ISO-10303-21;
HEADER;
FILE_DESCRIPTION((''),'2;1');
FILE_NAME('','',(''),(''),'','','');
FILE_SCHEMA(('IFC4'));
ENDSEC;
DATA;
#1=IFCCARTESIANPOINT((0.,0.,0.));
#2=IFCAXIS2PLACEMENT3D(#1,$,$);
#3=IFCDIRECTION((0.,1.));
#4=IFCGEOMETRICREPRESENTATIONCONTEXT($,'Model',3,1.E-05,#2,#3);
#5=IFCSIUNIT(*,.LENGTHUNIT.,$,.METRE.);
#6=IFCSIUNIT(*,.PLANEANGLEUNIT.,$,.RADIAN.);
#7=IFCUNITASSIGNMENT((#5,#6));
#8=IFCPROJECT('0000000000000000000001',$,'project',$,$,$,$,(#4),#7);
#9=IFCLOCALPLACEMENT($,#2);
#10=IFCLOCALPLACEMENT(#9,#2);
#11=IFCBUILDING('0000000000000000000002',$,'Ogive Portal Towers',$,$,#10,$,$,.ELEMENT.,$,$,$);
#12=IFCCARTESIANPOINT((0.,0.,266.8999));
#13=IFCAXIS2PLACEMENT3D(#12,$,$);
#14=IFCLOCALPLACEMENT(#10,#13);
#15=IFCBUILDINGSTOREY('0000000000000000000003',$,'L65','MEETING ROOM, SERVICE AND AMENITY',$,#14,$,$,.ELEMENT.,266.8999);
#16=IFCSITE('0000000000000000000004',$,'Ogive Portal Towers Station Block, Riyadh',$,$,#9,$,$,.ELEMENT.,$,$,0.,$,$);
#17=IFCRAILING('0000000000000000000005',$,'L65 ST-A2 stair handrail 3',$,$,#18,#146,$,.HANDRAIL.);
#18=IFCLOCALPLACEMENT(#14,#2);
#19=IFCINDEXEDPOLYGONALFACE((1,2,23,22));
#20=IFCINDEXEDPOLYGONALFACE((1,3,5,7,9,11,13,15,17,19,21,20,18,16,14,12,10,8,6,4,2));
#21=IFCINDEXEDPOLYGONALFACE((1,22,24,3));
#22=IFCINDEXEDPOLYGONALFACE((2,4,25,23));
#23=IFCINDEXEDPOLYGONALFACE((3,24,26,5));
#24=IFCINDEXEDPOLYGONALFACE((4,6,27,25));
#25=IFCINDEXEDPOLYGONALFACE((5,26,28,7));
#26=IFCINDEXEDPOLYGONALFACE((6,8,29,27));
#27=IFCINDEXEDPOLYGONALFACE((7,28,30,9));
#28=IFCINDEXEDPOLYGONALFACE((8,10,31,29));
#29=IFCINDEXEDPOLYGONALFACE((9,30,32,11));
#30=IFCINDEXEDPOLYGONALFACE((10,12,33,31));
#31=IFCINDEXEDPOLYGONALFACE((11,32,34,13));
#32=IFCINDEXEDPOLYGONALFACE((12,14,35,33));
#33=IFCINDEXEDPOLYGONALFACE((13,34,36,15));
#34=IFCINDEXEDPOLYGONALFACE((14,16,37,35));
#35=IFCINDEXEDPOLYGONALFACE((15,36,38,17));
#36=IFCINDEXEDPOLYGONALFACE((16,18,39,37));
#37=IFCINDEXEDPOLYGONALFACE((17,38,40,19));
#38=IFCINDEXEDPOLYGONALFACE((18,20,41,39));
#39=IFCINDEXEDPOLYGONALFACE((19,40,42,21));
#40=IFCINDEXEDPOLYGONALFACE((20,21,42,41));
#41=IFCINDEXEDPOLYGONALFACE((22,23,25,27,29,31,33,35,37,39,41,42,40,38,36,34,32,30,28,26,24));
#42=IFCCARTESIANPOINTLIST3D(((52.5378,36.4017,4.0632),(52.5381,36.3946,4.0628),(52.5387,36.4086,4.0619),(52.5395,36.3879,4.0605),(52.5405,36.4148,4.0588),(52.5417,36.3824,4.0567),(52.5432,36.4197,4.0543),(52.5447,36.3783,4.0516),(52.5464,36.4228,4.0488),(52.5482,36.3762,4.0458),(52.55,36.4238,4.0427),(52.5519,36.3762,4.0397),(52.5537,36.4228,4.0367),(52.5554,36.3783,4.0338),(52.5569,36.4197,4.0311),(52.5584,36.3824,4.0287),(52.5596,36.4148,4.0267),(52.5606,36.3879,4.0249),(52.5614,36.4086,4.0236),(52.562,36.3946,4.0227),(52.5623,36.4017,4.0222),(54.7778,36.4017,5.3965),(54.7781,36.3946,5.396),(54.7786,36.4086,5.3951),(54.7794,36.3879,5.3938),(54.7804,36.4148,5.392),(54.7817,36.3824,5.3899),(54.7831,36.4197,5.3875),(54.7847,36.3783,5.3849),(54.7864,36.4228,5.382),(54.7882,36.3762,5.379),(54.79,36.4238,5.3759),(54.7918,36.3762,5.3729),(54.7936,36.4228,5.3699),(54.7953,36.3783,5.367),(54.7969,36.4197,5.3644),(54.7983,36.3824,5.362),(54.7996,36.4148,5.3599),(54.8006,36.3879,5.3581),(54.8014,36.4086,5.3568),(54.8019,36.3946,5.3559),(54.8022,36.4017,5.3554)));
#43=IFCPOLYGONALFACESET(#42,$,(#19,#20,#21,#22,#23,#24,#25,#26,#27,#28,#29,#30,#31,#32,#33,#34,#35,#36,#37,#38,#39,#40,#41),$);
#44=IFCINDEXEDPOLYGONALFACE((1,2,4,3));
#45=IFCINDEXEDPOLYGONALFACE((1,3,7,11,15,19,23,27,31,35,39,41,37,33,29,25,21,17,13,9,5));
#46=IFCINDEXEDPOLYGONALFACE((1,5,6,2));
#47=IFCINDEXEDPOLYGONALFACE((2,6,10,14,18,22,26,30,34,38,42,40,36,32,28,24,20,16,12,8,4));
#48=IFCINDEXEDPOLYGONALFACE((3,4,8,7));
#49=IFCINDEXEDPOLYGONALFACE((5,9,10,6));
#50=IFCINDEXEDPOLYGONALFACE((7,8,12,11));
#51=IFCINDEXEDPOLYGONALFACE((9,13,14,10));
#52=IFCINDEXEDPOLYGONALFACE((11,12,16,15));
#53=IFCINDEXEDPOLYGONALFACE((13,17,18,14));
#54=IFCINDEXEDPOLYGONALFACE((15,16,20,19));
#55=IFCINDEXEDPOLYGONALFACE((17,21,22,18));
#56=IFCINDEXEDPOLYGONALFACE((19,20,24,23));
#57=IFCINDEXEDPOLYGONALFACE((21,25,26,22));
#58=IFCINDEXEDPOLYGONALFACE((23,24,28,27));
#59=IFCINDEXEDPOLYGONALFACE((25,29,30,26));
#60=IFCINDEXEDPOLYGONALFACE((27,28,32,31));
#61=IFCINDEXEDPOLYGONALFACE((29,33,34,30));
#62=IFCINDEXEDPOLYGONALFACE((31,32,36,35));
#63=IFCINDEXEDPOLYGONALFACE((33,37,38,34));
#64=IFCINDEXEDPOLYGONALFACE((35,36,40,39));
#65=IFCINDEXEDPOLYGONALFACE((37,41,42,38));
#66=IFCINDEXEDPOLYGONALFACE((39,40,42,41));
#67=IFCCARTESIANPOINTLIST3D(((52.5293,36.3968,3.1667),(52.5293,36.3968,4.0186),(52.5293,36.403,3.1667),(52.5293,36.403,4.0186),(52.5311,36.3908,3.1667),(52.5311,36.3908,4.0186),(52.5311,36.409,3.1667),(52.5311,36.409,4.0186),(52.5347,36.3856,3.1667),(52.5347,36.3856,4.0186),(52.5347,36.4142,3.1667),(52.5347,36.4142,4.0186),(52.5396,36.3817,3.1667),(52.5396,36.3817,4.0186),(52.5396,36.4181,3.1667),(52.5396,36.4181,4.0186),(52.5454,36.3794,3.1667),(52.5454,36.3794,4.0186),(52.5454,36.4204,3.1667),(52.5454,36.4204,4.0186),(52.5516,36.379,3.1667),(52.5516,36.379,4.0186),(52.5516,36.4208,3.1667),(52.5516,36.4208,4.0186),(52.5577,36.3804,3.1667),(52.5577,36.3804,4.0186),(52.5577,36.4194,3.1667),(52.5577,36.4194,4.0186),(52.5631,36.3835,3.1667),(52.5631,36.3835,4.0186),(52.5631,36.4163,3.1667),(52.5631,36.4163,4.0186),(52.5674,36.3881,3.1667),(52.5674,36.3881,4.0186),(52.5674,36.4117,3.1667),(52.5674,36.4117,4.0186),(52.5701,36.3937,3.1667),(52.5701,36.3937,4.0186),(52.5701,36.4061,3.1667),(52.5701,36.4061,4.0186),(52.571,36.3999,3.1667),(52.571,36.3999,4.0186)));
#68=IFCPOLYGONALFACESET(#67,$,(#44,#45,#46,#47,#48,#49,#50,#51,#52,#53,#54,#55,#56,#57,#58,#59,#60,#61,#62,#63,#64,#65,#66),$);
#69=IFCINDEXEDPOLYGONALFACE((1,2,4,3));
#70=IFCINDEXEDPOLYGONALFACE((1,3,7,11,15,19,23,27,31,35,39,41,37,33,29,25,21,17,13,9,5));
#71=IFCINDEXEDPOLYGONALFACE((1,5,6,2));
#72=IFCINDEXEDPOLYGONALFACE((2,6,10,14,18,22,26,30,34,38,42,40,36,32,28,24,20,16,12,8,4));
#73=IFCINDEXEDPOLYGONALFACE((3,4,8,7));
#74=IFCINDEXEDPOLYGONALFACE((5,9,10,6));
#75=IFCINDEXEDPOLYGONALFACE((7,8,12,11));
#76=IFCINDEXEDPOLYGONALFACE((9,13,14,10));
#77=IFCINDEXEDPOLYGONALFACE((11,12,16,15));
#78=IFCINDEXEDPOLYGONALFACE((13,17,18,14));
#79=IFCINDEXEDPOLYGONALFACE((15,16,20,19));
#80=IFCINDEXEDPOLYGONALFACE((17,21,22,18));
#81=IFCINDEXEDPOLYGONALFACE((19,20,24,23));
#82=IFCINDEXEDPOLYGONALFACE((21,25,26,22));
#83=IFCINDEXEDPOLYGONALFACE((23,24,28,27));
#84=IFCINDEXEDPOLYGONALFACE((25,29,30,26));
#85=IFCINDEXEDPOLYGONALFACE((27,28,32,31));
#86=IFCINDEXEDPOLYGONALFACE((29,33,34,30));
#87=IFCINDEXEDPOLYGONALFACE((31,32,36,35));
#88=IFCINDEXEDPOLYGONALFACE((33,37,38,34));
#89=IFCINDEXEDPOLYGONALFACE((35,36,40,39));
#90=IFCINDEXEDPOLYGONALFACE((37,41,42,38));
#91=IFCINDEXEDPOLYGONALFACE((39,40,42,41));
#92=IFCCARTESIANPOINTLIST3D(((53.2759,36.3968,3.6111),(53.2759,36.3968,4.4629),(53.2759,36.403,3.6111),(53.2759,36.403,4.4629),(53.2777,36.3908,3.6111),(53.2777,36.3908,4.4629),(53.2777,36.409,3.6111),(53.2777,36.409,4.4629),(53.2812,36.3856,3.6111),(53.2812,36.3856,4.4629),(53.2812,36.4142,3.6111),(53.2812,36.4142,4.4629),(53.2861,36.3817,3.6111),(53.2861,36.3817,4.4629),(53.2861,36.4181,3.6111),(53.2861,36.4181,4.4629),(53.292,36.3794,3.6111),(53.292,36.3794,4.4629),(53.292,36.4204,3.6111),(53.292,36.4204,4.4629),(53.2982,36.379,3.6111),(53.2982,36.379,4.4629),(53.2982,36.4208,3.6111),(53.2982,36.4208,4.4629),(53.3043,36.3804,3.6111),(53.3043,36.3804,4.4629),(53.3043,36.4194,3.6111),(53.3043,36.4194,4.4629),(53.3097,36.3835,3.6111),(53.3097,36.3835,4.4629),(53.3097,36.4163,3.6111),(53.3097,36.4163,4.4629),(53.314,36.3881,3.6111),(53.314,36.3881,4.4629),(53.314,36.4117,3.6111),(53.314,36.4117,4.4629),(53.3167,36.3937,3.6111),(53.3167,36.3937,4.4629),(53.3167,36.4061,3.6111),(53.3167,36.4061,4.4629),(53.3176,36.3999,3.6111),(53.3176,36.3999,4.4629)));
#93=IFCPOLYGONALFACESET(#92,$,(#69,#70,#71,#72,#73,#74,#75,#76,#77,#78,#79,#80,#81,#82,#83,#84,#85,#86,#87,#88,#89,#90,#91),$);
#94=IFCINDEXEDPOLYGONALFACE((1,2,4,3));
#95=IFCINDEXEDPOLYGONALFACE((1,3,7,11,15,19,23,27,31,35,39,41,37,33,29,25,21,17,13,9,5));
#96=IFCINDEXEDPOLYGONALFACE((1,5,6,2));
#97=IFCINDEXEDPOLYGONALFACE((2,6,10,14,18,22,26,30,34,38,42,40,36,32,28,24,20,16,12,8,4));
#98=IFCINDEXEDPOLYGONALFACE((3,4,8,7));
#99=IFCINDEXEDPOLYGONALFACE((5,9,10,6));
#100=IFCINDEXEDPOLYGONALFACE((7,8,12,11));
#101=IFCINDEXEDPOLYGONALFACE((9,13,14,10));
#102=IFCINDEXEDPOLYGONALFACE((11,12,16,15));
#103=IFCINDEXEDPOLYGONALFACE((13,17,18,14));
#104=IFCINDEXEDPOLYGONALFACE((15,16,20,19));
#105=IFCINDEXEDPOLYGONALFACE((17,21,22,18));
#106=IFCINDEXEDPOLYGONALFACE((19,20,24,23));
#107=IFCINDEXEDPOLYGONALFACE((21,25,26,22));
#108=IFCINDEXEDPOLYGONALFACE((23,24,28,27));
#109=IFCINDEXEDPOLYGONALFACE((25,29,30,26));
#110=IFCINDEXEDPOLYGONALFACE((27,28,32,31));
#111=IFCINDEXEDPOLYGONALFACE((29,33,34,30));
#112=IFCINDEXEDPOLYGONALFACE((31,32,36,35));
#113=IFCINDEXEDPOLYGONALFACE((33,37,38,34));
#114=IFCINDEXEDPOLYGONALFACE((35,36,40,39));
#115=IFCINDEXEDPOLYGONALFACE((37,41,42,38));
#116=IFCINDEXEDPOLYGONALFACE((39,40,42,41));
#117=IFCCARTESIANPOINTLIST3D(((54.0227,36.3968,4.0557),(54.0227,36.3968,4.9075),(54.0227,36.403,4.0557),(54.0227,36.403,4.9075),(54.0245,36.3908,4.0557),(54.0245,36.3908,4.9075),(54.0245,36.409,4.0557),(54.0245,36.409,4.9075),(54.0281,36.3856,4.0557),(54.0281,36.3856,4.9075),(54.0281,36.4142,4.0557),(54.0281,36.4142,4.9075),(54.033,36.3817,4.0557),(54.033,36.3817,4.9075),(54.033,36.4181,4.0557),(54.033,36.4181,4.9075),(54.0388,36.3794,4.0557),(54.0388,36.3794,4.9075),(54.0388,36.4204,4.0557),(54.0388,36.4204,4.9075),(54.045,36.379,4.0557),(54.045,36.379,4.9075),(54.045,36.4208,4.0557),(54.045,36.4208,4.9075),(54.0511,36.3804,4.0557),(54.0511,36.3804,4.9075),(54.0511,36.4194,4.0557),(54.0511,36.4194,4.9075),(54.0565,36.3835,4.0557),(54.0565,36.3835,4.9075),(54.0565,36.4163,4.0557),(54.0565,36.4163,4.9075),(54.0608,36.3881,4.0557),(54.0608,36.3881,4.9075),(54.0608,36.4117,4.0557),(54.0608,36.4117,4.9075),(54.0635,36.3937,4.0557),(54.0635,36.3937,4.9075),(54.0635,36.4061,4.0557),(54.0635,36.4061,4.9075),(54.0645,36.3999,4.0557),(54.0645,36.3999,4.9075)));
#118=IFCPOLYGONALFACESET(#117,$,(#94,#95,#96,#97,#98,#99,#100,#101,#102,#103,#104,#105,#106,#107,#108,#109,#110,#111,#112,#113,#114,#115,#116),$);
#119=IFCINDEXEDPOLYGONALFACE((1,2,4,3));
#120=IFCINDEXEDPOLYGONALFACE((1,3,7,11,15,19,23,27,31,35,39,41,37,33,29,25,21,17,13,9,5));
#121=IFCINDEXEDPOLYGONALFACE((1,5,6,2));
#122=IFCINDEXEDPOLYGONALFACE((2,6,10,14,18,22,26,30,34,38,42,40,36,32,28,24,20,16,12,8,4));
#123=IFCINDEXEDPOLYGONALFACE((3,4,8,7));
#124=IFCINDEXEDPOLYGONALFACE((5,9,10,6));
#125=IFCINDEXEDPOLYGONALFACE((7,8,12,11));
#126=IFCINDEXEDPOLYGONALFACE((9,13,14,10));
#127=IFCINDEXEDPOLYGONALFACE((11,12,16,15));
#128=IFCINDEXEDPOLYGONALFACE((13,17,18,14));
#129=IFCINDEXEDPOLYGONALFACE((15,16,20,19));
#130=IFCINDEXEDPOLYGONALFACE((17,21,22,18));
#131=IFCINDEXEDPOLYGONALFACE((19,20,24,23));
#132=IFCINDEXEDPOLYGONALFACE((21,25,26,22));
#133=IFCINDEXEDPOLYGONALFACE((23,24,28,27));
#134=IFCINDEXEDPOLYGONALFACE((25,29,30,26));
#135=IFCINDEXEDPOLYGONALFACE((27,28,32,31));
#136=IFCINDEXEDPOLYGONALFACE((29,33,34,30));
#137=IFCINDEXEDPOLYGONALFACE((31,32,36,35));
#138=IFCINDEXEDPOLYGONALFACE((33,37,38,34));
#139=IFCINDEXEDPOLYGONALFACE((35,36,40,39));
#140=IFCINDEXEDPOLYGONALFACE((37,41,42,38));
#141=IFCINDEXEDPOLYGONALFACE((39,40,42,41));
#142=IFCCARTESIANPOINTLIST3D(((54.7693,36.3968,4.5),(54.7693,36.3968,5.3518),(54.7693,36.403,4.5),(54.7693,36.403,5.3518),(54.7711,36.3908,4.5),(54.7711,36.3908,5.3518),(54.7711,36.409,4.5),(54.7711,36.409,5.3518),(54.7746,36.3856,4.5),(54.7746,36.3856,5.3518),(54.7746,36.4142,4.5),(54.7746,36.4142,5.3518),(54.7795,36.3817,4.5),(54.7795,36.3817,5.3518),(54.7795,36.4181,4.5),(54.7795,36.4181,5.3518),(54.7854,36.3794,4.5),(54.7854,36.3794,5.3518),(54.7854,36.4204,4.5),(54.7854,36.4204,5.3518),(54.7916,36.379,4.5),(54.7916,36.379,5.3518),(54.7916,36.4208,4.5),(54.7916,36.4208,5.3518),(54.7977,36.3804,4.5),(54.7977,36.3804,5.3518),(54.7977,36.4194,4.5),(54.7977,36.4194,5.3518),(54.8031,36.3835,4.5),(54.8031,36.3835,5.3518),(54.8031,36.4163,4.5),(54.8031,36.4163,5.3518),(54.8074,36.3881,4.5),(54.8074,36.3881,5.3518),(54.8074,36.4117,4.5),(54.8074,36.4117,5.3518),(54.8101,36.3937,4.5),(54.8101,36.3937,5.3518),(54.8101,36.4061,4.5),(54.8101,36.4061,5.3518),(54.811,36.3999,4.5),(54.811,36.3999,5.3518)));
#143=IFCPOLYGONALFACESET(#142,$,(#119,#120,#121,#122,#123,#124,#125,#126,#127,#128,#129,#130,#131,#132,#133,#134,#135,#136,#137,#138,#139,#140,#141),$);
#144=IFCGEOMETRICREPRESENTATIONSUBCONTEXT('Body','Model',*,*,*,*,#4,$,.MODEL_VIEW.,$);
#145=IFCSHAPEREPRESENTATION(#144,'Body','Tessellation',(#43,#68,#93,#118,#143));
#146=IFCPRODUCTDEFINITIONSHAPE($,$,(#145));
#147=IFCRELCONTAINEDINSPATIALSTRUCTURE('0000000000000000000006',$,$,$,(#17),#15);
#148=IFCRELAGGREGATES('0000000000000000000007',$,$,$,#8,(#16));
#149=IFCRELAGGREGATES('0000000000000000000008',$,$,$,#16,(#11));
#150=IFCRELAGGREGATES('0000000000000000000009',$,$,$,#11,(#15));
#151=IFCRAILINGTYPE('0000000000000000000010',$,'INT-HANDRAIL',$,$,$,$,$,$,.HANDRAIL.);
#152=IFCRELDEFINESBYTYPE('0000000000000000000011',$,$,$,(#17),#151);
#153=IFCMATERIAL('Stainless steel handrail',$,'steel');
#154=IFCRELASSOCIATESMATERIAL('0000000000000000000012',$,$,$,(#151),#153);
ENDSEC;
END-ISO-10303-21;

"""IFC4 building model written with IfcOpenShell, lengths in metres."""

from ifc_helpers import new_model, si_unit, direction, frame, origin, origin_2d, place, context, subcontext, project, spatial, circle, extrude, material, type_object, element, save


model = new_model("IFC4")

# Units and contexts
model_context = context("Model", 3, precision=1e-05, world=origin(), true_north=direction((0.0, 1.0)))
body_context = subcontext(model_context, "Body", "Model", "MODEL_VIEW")
ifc_project = project(units=[si_unit("LENGTHUNIT", "METRE"), si_unit("PLANEANGLEUNIT", "RADIAN")], contexts=[model_context])

# Site, building, storey
site_placement = place(None, origin())
site = spatial("IfcSite", under=ifc_project, at=site_placement, Name="Ogive Portal Towers Station Block, Riyadh", CompositionType="ELEMENT", RefElevation=0.0)
building_placement = place(site_placement, origin())
building = spatial("IfcBuilding", under=site, at=building_placement, Name="Ogive Portal Towers", CompositionType="ELEMENT")
storey_placement = place(building_placement, frame((0.0, 0.0, 266.8999)))
storey = spatial("IfcBuildingStorey", under=building, at=storey_placement, Name="L65", Description="MEETING ROOM, SERVICE AND AMENITY", CompositionType="ELEMENT", Elevation=266.8999)

# Railing
ifc_material_1 = material(Name="Stainless steel handrail", Category="steel")
railing_type_1 = type_object("IfcRailingType", Name="INT-HANDRAIL", PredefinedType="HANDRAIL", material=ifc_material_1)
railing_1_placement = place(storey_placement, frame((52.55, 36.3999, 3.1667)))
element("IfcRailing", 1, at=railing_1_placement, inside=storey, type_object=railing_type_1, Name="L65 ST-A2 stair handrail 3", PredefinedType="HANDRAIL", context=body_context, shape_type="SweptSolid", body=[
    extrude(circle(Radius=0.0239, at=origin_2d()), frame((0.0, 0.0, 0.876), z_axis=(0.859306, 0.0, 0.511462), x_axis=(0.0, 1.0, 0.0)), (0.0, 0.0, 1.0), 2.6067),
    extrude(circle(Radius=0.021, at=origin_2d()), origin(), (0.0, 0.0, 1.0), 0.8518),
    extrude(circle(Radius=0.021, at=origin_2d()), frame((0.7466, 0.0, 0.4443)), (0.0, 0.0, 1.0), 0.8518),
    extrude(circle(Radius=0.021, at=origin_2d()), frame((1.4934, 0.0, 0.8889)), (0.0, 0.0, 1.0), 0.8518),
    extrude(circle(Radius=0.021, at=origin_2d()), frame((2.24, 0.0, 1.3333)), (0.0, 0.0, 1.0), 0.8518),
])

save(model, "model.ifc")
